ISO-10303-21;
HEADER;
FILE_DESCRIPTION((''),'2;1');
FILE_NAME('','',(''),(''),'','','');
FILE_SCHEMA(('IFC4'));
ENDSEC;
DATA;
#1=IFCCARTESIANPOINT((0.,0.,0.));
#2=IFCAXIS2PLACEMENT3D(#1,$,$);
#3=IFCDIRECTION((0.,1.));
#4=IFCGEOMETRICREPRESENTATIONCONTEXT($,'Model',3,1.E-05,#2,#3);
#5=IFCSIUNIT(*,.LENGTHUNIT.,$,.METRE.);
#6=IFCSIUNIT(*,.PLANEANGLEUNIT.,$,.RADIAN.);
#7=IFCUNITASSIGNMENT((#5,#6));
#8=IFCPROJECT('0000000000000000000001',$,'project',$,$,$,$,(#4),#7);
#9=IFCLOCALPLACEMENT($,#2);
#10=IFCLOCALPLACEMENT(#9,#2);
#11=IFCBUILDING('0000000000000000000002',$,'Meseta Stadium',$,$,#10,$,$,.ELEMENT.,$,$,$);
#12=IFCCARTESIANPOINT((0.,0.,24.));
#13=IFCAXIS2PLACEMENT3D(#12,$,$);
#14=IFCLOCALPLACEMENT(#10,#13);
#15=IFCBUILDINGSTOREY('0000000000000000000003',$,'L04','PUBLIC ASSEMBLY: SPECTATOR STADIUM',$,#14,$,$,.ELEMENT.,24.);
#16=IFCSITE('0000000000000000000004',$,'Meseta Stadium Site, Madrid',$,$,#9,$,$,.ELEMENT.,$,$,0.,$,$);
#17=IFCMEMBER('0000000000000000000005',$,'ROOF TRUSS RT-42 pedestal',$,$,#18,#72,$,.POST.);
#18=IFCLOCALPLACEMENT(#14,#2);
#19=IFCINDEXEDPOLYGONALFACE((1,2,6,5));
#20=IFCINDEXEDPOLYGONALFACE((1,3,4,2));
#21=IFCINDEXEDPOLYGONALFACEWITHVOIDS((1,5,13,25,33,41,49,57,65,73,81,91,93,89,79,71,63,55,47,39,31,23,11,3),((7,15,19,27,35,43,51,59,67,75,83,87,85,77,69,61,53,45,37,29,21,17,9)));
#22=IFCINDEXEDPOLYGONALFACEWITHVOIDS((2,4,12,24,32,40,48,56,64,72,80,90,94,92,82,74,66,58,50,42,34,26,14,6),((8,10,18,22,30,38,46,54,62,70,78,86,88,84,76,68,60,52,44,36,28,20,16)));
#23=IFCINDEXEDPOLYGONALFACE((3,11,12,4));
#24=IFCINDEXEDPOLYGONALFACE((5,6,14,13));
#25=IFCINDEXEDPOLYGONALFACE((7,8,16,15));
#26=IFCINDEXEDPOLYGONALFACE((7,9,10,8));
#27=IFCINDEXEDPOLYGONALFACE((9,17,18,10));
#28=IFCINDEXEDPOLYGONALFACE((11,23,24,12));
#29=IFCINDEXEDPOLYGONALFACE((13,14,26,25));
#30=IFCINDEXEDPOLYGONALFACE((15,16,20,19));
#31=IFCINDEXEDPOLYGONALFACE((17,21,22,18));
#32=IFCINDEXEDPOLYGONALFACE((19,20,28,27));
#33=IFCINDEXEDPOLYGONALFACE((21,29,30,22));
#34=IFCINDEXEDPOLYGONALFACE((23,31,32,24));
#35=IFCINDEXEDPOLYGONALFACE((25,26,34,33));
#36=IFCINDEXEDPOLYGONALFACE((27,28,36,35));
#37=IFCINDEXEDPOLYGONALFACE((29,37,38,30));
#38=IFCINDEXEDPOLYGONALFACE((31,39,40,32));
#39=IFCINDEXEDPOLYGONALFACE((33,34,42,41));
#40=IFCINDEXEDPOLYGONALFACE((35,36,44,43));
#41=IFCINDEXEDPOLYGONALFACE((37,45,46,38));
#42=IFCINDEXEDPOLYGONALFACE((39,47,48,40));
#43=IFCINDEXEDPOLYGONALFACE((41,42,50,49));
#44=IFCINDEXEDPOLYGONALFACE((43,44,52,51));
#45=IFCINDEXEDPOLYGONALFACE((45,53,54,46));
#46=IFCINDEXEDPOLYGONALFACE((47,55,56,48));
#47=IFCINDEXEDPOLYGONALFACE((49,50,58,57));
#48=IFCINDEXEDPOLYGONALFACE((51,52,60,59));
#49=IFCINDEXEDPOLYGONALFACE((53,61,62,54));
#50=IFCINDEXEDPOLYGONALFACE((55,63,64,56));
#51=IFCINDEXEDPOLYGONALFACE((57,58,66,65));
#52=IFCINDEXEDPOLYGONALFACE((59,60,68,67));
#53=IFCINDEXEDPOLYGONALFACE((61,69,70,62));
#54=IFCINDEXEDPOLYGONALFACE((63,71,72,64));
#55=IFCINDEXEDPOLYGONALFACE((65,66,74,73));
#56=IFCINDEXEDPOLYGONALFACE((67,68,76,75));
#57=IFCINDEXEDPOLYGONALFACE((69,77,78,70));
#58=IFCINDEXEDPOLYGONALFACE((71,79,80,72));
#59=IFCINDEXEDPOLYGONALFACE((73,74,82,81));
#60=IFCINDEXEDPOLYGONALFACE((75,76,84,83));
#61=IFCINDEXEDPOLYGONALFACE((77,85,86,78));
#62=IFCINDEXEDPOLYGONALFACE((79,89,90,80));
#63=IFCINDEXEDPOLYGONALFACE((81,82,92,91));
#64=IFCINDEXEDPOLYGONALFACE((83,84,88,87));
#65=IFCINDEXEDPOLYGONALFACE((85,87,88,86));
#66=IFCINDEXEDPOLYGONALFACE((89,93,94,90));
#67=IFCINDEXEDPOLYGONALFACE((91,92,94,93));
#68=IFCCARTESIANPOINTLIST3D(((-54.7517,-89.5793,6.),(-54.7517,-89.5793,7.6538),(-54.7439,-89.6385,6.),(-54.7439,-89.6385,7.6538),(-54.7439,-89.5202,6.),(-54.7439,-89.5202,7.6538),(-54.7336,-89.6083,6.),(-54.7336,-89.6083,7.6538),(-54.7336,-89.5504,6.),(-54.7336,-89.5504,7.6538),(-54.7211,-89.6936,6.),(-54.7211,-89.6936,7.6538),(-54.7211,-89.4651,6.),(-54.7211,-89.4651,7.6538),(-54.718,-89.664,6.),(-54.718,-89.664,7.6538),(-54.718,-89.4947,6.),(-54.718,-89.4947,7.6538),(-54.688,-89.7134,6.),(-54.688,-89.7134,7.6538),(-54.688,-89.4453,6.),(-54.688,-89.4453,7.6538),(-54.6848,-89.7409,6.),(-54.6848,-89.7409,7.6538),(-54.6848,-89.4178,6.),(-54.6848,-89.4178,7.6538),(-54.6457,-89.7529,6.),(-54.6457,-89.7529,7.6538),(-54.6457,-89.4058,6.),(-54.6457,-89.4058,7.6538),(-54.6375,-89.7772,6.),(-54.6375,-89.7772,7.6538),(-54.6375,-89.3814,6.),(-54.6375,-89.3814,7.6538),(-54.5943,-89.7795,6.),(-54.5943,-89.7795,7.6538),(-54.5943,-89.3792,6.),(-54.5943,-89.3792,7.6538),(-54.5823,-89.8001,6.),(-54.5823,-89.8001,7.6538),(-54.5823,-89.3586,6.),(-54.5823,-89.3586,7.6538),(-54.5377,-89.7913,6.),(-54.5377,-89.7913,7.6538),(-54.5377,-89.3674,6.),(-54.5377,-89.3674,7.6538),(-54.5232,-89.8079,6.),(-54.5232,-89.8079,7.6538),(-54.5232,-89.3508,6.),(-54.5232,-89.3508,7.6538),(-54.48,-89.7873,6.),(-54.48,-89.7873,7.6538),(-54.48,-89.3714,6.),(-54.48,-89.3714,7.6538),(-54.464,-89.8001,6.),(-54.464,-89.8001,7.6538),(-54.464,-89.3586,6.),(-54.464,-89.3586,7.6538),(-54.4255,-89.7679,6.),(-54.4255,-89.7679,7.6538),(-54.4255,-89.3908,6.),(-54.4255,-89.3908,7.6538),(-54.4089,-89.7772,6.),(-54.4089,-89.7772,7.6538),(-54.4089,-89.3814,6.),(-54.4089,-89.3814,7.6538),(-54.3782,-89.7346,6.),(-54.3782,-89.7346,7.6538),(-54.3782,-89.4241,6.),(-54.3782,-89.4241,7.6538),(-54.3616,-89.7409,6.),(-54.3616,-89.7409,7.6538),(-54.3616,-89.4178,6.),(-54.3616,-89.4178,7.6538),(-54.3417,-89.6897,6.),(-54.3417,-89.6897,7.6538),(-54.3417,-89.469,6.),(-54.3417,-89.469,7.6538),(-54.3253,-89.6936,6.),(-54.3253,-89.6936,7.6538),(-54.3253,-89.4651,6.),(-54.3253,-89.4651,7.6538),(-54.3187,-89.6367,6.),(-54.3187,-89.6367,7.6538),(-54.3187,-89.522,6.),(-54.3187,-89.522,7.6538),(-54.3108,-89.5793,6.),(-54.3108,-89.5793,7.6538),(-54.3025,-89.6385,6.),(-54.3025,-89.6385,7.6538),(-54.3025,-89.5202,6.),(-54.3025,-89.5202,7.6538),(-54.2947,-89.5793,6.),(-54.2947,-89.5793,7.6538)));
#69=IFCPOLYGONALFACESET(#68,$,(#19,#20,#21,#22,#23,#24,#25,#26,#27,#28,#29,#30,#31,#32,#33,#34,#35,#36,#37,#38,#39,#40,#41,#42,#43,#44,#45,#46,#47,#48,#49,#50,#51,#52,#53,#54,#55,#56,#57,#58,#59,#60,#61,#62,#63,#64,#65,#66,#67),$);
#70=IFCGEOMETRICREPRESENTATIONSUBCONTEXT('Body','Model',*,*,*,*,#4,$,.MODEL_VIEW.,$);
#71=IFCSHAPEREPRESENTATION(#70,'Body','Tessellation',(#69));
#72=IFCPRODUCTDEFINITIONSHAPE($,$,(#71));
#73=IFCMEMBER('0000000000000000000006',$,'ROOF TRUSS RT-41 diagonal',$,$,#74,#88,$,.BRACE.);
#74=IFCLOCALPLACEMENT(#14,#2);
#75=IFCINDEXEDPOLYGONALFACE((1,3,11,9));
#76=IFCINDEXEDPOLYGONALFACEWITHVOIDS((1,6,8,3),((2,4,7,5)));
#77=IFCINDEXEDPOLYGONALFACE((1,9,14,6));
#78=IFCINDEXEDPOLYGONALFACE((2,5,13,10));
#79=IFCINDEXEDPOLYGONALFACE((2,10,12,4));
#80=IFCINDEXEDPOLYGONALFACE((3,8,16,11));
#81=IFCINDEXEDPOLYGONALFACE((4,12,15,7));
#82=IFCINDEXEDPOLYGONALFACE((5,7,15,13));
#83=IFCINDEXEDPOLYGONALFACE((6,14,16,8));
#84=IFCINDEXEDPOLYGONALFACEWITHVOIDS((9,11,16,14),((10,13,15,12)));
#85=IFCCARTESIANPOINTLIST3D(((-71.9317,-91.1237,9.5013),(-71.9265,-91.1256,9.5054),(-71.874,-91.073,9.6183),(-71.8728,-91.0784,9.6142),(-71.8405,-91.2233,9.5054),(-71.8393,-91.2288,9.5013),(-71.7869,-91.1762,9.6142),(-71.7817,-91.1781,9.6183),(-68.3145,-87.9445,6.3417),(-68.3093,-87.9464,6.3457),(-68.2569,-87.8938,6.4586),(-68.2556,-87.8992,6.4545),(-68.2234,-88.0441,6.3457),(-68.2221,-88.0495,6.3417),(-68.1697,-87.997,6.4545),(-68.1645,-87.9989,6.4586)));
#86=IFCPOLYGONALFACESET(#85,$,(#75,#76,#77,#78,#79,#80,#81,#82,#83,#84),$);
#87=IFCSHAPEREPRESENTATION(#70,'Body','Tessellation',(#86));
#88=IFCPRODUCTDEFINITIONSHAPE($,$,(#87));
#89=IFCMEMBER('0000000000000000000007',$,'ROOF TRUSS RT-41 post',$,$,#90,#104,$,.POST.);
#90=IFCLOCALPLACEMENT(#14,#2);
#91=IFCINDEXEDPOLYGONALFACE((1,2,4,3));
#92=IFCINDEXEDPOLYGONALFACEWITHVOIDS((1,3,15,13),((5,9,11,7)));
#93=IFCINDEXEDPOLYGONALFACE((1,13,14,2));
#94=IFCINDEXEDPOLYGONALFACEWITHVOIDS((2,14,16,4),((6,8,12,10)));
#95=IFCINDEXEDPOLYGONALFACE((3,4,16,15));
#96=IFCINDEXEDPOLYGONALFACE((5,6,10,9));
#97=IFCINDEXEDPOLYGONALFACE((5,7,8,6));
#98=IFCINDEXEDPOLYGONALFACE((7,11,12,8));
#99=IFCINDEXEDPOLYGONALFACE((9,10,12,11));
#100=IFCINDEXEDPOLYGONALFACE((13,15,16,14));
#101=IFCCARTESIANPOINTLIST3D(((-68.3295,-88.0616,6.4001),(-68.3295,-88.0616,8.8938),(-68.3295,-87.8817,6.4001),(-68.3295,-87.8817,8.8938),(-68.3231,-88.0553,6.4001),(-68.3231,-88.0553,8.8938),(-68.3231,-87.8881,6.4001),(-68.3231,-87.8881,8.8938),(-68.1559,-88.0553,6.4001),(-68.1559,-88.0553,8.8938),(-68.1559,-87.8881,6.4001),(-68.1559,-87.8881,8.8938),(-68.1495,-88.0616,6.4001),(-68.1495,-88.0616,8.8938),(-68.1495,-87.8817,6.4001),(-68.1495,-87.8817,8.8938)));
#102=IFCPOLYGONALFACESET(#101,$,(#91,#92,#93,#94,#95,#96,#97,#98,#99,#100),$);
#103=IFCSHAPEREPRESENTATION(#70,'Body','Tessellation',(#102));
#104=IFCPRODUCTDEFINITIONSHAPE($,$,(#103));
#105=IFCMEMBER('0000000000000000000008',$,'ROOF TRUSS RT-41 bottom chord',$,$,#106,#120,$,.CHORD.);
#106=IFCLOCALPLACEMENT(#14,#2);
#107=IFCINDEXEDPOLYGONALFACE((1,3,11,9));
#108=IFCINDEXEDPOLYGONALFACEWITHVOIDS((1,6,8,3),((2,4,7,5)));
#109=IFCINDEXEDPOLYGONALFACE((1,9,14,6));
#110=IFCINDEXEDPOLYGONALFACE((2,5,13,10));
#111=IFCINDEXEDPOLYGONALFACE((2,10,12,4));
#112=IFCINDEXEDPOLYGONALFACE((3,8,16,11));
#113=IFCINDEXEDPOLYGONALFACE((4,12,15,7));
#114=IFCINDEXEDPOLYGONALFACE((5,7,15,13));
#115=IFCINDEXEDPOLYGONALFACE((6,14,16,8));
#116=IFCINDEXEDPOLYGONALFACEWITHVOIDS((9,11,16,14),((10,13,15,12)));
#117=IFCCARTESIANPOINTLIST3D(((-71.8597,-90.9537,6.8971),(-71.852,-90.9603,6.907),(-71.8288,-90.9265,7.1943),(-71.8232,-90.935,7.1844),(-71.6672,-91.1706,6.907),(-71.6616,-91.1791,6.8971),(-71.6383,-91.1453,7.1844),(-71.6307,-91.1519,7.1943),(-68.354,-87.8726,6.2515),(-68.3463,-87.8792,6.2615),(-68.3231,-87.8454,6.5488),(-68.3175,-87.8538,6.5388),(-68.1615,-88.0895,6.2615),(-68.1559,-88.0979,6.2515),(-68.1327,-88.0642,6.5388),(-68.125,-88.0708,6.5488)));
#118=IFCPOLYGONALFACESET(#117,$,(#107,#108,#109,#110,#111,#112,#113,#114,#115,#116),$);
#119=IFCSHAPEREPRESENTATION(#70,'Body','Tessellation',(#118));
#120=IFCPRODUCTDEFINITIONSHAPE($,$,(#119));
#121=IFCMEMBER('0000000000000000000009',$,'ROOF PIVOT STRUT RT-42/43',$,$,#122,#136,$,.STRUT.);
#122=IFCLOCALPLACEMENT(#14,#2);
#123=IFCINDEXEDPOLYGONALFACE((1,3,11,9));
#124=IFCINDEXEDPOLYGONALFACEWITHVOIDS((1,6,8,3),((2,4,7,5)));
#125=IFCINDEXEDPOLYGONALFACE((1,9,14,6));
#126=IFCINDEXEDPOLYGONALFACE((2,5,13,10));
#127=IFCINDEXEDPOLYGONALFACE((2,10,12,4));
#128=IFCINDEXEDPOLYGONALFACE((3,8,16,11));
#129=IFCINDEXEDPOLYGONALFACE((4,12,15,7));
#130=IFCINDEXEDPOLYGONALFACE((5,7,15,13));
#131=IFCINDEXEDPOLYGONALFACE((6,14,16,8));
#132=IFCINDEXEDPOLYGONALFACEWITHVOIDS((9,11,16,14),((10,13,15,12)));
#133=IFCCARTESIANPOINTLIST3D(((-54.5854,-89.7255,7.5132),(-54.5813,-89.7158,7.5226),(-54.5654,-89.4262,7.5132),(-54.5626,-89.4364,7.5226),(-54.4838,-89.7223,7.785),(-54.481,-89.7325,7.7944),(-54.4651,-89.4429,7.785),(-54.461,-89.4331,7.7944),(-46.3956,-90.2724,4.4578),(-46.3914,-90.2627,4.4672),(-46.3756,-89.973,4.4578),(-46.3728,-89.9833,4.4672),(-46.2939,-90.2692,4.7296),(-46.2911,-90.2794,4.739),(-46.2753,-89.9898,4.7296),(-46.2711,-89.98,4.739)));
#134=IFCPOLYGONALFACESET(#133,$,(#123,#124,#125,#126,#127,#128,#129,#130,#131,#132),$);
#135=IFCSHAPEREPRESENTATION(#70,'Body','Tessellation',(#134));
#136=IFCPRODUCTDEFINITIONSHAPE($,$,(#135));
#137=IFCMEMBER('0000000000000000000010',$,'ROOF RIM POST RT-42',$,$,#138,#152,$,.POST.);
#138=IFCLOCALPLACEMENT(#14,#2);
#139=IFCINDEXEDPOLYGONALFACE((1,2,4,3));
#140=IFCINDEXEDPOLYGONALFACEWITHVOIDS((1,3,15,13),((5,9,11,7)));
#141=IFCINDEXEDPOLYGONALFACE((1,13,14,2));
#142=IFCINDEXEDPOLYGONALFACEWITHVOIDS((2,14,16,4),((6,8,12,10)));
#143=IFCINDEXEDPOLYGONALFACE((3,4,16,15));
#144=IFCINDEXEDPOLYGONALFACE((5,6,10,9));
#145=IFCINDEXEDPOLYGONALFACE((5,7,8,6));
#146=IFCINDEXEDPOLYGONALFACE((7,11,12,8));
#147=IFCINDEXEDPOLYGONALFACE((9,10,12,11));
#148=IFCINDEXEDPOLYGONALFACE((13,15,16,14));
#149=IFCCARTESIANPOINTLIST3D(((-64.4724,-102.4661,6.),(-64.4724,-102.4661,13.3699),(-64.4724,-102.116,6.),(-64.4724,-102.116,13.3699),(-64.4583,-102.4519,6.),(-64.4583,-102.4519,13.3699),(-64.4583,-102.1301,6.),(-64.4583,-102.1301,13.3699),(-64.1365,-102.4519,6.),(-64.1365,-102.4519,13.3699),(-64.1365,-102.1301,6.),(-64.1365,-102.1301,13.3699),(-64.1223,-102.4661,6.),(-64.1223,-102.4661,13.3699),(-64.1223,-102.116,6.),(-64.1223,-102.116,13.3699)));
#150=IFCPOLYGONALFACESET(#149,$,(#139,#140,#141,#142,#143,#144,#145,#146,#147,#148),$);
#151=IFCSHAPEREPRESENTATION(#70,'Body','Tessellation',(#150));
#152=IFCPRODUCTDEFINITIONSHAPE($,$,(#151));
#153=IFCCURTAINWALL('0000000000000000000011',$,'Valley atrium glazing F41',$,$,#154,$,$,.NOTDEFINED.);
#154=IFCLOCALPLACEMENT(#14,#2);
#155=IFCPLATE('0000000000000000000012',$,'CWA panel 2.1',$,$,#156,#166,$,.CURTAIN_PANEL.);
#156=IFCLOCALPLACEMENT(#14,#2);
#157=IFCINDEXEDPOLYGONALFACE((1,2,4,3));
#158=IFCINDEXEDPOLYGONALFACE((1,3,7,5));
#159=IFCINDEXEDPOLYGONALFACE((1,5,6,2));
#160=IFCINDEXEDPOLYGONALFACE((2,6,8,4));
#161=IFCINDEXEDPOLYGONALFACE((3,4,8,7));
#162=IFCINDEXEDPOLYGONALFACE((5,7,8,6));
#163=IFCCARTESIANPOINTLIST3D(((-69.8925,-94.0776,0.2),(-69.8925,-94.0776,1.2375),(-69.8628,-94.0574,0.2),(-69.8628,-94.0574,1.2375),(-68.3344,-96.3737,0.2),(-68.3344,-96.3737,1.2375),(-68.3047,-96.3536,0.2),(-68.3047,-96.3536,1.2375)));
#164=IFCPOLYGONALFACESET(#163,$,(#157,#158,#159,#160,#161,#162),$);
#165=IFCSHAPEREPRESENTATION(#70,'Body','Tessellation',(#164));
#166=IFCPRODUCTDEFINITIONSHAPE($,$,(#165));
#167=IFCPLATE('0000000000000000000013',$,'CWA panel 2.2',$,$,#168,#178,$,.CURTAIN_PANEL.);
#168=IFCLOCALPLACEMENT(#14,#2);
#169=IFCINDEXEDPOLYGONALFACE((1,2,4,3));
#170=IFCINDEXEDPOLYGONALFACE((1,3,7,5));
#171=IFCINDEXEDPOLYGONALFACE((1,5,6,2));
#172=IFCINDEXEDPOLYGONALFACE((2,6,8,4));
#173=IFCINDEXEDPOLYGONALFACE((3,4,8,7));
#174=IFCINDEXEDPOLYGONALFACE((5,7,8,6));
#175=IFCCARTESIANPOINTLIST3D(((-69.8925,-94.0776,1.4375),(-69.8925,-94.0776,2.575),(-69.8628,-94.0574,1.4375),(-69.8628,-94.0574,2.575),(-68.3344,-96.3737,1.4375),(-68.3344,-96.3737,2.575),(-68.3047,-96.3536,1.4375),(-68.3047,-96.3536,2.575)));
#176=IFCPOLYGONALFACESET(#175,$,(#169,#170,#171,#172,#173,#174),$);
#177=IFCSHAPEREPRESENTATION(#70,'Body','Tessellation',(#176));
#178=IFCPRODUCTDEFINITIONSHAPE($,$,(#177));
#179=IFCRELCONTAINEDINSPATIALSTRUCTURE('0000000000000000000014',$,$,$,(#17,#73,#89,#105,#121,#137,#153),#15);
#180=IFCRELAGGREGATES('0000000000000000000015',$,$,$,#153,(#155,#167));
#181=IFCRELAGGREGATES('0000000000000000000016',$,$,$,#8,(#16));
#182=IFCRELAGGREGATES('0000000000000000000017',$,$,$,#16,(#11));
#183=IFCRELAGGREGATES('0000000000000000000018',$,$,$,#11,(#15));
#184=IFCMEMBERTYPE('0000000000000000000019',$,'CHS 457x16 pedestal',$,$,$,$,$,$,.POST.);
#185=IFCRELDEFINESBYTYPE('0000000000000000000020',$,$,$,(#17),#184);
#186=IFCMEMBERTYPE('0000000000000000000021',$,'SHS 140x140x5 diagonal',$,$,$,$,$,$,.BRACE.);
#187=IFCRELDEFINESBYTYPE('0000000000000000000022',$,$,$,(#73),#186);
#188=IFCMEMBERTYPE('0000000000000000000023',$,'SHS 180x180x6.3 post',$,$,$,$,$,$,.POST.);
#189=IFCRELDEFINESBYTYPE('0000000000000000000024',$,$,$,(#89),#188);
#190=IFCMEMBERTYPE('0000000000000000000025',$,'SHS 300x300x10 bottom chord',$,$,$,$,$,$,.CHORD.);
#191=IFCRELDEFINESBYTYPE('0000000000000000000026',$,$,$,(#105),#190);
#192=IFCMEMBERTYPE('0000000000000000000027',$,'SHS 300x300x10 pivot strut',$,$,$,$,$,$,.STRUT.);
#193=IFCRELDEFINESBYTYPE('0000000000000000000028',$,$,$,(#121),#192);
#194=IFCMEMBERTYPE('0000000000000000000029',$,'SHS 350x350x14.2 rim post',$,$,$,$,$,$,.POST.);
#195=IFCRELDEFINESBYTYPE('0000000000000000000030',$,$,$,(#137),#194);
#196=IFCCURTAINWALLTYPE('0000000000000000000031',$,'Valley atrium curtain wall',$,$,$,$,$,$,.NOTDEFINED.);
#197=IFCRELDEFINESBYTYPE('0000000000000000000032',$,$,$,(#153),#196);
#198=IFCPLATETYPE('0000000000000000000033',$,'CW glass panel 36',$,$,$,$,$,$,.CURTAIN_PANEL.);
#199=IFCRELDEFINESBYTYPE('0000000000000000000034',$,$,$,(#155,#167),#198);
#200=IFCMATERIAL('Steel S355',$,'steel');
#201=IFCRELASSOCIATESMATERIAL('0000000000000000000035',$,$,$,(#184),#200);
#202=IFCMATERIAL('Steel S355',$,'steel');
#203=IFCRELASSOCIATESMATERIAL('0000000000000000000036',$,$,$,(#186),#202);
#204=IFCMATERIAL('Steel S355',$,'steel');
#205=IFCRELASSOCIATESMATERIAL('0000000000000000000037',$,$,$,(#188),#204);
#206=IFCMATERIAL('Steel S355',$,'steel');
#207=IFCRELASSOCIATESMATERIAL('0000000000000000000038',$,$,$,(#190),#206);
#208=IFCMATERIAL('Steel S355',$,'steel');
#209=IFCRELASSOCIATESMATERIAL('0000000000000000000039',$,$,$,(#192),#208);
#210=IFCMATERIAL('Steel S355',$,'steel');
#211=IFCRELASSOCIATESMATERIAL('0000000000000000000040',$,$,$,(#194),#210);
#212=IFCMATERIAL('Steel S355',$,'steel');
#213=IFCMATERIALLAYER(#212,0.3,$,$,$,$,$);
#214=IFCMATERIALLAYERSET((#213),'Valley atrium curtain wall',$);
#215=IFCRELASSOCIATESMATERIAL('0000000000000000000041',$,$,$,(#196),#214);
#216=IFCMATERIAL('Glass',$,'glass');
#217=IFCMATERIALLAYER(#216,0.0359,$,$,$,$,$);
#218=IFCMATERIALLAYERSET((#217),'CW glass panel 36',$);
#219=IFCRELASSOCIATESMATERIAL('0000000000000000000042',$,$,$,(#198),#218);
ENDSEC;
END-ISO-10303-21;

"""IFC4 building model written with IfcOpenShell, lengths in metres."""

from ifc_helpers import new_model, si_unit, direction, frame, origin, origin_2d, place, context, subcontext, project, spatial, rectangle, hollow_rectangle, hollow_circle, extrude, material, layer, layer_set, material_profile, profile_set, type_object, element, aggregate, save


model = new_model("IFC4")

# Units and contexts
model_context = context("Model", 3, precision=1e-05, world=origin(), true_north=direction((0.0, 1.0)))
body_context = subcontext(model_context, "Body", "Model", "MODEL_VIEW")
ifc_project = project(units=[si_unit("LENGTHUNIT", "METRE"), si_unit("PLANEANGLEUNIT", "RADIAN")], contexts=[model_context])

# Site, building, storey
site_placement = place(None, origin())
site = spatial("IfcSite", under=ifc_project, at=site_placement, Name="Meseta Stadium Site, Madrid", CompositionType="ELEMENT", RefElevation=0.0)
building_placement = place(site_placement, origin())
building = spatial("IfcBuilding", under=site, at=building_placement, Name="Meseta Stadium", CompositionType="ELEMENT")
storey_placement = place(building_placement, frame((0.0, 0.0, 24.0)))
storey = spatial("IfcBuildingStorey", under=building, at=storey_placement, Name="L04", Description="PUBLIC ASSEMBLY: SPECTATOR STADIUM", CompositionType="ELEMENT", Elevation=24.0)

# Members
ifc_material_1 = material(Name="Steel S355", Category="steel")
ifc_material_profile_1 = material_profile(ifc_material_1, hollow_circle(Radius=0.2285, WallThickness=0.0161, at=origin_2d()), Name="CHS 457x16")
ifc_profile_set_1 = profile_set([ifc_material_profile_1], Name="Steel S355")
member_type_1 = type_object("IfcMemberType", Name="CHS 457x16 pedestal", PredefinedType="POST", material=ifc_profile_set_1)
member_1_placement = place(storey_placement, frame((-54.5232, -89.5793, 6.0), z_axis=(0.0, 0.0, 1.0), x_axis=(1.0, 0.0, 0.0)))
element("IfcMember", 1, at=member_1_placement, inside=storey, type_object=member_type_1, Name="ROOF TRUSS RT-42 pedestal", PredefinedType="POST", context=body_context, shape_type="SweptSolid", body=[
    extrude(hollow_circle(Radius=0.2285, WallThickness=0.0161, at=origin_2d()), origin(), (0.0, 0.0, 1.0), 1.6538),
])
ifc_material_2 = material(Name="Steel S355", Category="steel")
ifc_material_profile_2 = material_profile(ifc_material_2, hollow_rectangle(XDim=0.1399, YDim=0.1399, WallThickness=0.0049, at=origin_2d()), Name="SHS 140x140x5")
ifc_profile_set_2 = profile_set([ifc_material_profile_2], Name="Steel S355")
member_type_2 = type_object("IfcMemberType", Name="SHS 140x140x5 diagonal", PredefinedType="BRACE", material=ifc_profile_set_2)
member_2_placement = place(storey_placement, frame((-68.2395, -87.9717, 6.4001), z_axis=(-0.62801, -0.551967, 0.548576), x_axis=(0.660168, -0.751118, 0.0)))
element("IfcMember", 2, at=member_2_placement, inside=storey, type_object=member_type_2, Name="ROOF TRUSS RT-41 diagonal", PredefinedType="BRACE", context=body_context, shape_type="SweptSolid", body=[
    extrude(hollow_rectangle(XDim=0.1399, YDim=0.1399, WallThickness=0.0049, at=origin_2d()), origin(), (0.0, 0.0, 1.0), 5.7598),
])
ifc_material_3 = material(Name="Steel S355", Category="steel")
ifc_material_profile_3 = material_profile(ifc_material_3, hollow_rectangle(XDim=0.1799, YDim=0.1799, WallThickness=0.0063, at=origin_2d()), Name="SHS 180x180x6.3")
ifc_profile_set_3 = profile_set([ifc_material_profile_3], Name="Steel S355")
member_type_3 = type_object("IfcMemberType", Name="SHS 180x180x6.3 post", PredefinedType="POST", material=ifc_profile_set_3)
member_3_placement = place(storey_placement, frame((-68.2395, -87.9717, 6.4001), z_axis=(0.0, 0.0, 1.0), x_axis=(1.0, 0.0, 0.0)))
element("IfcMember", 3, at=member_3_placement, inside=storey, type_object=member_type_3, Name="ROOF TRUSS RT-41 post", PredefinedType="POST", context=body_context, shape_type="SweptSolid", body=[
    extrude(hollow_rectangle(XDim=0.1799, YDim=0.1799, WallThickness=0.0063, at=origin_2d()), origin(), (0.0, 0.0, 1.0), 2.4937),
])
ifc_material_4 = material(Name="Steel S355", Category="steel")
ifc_material_profile_4 = material_profile(ifc_material_4, hollow_rectangle(XDim=0.3, YDim=0.3, WallThickness=0.01, at=origin_2d()), Name="SHS 300x300x10")
ifc_profile_set_4 = profile_set([ifc_material_profile_4], Name="Steel S355")
member_type_4 = type_object("IfcMemberType", Name="SHS 300x300x10 bottom chord", PredefinedType="CHORD", material=ifc_profile_set_4)
member_4_placement = place(storey_placement, frame((-68.2395, -87.9717, 6.4001), z_axis=(-0.744044, -0.653933, 0.137005), x_axis=(0.660158, -0.751126, 0.0)))
element("IfcMember", 4, at=member_4_placement, inside=storey, type_object=member_type_4, Name="ROOF TRUSS RT-41 bottom chord", PredefinedType="CHORD", context=body_context, shape_type="SweptSolid", body=[
    extrude(hollow_rectangle(XDim=0.3, YDim=0.3, WallThickness=0.01, at=origin_2d()), origin(), (0.0, 0.0, 1.0), 4.7117),
])
ifc_material_5 = material(Name="Steel S355", Category="steel")
ifc_material_profile_5 = material_profile(ifc_material_5, hollow_rectangle(XDim=0.3, YDim=0.3, WallThickness=0.01, at=origin_2d()), Name="SHS 300x300x10")
ifc_profile_set_5 = profile_set([ifc_material_profile_5], Name="Steel S355")
member_type_5 = type_object("IfcMemberType", Name="SHS 300x300x10 pivot strut", PredefinedType="STRUT", material=ifc_profile_set_5)
member_5_placement = place(storey_placement, frame((-54.5232, -89.5793, 7.6538), z_axis=(0.935094, -0.06244, -0.348855), x_axis=(0.066626, 0.997778, 0.0)))
element("IfcMember", 5, at=member_5_placement, inside=storey, type_object=member_type_5, Name="ROOF PIVOT STRUT RT-42/43", PredefinedType="STRUT", context=body_context, shape_type="SweptSolid", body=[
    extrude(hollow_rectangle(XDim=0.3, YDim=0.3, WallThickness=0.01, at=origin_2d()), origin(), (0.0, 0.0, 1.0), 8.7583),
])
ifc_material_6 = material(Name="Steel S355", Category="steel")
ifc_material_profile_6 = material_profile(ifc_material_6, hollow_rectangle(XDim=0.3501, YDim=0.3501, WallThickness=0.0142, at=origin_2d()), Name="SHS 350x350x14.2")
ifc_profile_set_6 = profile_set([ifc_material_profile_6], Name="Steel S355")
member_type_6 = type_object("IfcMemberType", Name="SHS 350x350x14.2 rim post", PredefinedType="POST", material=ifc_profile_set_6)
member_6_placement = place(storey_placement, frame((-64.2974, -102.291, 6.0), z_axis=(0.0, 0.0, 1.0), x_axis=(1.0, 0.0, 0.0)))
element("IfcMember", 6, at=member_6_placement, inside=storey, type_object=member_type_6, Name="ROOF RIM POST RT-42", PredefinedType="POST", context=body_context, shape_type="SweptSolid", body=[
    extrude(hollow_rectangle(XDim=0.3501, YDim=0.3501, WallThickness=0.0142, at=origin_2d()), origin(), (0.0, 0.0, 1.0), 7.3699),
])

# Curtain wall, plates
ifc_material_7 = material(Name="Steel S355", Category="steel")
ifc_layer_1 = layer(ifc_material_7, 0.3)
ifc_layer_set_1 = layer_set([ifc_layer_1], Name="Valley atrium curtain wall")
curtain_wall_type = type_object("IfcCurtainWallType", Name="Valley atrium curtain wall", PredefinedType="NOTDEFINED", material=ifc_layer_set_1)
curtain_wall_placement = place(storey_placement, origin())
curtain_wall = element("IfcCurtainWall", 7, at=curtain_wall_placement, inside=storey, type_object=curtain_wall_type, Name="Valley atrium glazing F41", PredefinedType="NOTDEFINED")
ifc_material_8 = material(Name="Glass", Category="glass")
ifc_layer_2 = layer(ifc_material_8, 0.0359)
ifc_layer_set_2 = layer_set([ifc_layer_2], Name="CW glass panel 36")
plate_type_1 = type_object("IfcPlateType", Name="CW glass panel 36", PredefinedType="CURTAIN_PANEL", material=ifc_layer_set_2)
plate_1_placement = place(storey_placement, frame((-69.0986, -95.2156, 0.2), z_axis=(0.0, 0.0, 1.0), x_axis=(0.56149, -0.827483, 0.0)))
plate_1 = element("IfcPlate", 8, at=plate_1_placement, type_object=plate_type_1, Name="CWA panel 2.1", PredefinedType="CURTAIN_PANEL", context=body_context, shape_type="SweptSolid", body=[
    extrude(rectangle(XDim=2.7749, YDim=0.0359, at=origin_2d()), origin(), (0.0, 0.0, 1.0), 1.0376),
])
plate_2_placement = place(storey_placement, frame((-69.0986, -95.2156, 1.4375), z_axis=(0.0, 0.0, 1.0), x_axis=(0.56149, -0.827483, 0.0)))
plate_2 = element("IfcPlate", 9, at=plate_2_placement, type_object=plate_type_1, Name="CWA panel 2.2", PredefinedType="CURTAIN_PANEL", context=body_context, shape_type="SweptSolid", body=[
    extrude(rectangle(XDim=2.7749, YDim=0.0359, at=origin_2d()), origin(), (0.0, 0.0, 1.0), 1.1375),
])
aggregate(curtain_wall, [plate_1, plate_2])

save(model, "model.ifc")
